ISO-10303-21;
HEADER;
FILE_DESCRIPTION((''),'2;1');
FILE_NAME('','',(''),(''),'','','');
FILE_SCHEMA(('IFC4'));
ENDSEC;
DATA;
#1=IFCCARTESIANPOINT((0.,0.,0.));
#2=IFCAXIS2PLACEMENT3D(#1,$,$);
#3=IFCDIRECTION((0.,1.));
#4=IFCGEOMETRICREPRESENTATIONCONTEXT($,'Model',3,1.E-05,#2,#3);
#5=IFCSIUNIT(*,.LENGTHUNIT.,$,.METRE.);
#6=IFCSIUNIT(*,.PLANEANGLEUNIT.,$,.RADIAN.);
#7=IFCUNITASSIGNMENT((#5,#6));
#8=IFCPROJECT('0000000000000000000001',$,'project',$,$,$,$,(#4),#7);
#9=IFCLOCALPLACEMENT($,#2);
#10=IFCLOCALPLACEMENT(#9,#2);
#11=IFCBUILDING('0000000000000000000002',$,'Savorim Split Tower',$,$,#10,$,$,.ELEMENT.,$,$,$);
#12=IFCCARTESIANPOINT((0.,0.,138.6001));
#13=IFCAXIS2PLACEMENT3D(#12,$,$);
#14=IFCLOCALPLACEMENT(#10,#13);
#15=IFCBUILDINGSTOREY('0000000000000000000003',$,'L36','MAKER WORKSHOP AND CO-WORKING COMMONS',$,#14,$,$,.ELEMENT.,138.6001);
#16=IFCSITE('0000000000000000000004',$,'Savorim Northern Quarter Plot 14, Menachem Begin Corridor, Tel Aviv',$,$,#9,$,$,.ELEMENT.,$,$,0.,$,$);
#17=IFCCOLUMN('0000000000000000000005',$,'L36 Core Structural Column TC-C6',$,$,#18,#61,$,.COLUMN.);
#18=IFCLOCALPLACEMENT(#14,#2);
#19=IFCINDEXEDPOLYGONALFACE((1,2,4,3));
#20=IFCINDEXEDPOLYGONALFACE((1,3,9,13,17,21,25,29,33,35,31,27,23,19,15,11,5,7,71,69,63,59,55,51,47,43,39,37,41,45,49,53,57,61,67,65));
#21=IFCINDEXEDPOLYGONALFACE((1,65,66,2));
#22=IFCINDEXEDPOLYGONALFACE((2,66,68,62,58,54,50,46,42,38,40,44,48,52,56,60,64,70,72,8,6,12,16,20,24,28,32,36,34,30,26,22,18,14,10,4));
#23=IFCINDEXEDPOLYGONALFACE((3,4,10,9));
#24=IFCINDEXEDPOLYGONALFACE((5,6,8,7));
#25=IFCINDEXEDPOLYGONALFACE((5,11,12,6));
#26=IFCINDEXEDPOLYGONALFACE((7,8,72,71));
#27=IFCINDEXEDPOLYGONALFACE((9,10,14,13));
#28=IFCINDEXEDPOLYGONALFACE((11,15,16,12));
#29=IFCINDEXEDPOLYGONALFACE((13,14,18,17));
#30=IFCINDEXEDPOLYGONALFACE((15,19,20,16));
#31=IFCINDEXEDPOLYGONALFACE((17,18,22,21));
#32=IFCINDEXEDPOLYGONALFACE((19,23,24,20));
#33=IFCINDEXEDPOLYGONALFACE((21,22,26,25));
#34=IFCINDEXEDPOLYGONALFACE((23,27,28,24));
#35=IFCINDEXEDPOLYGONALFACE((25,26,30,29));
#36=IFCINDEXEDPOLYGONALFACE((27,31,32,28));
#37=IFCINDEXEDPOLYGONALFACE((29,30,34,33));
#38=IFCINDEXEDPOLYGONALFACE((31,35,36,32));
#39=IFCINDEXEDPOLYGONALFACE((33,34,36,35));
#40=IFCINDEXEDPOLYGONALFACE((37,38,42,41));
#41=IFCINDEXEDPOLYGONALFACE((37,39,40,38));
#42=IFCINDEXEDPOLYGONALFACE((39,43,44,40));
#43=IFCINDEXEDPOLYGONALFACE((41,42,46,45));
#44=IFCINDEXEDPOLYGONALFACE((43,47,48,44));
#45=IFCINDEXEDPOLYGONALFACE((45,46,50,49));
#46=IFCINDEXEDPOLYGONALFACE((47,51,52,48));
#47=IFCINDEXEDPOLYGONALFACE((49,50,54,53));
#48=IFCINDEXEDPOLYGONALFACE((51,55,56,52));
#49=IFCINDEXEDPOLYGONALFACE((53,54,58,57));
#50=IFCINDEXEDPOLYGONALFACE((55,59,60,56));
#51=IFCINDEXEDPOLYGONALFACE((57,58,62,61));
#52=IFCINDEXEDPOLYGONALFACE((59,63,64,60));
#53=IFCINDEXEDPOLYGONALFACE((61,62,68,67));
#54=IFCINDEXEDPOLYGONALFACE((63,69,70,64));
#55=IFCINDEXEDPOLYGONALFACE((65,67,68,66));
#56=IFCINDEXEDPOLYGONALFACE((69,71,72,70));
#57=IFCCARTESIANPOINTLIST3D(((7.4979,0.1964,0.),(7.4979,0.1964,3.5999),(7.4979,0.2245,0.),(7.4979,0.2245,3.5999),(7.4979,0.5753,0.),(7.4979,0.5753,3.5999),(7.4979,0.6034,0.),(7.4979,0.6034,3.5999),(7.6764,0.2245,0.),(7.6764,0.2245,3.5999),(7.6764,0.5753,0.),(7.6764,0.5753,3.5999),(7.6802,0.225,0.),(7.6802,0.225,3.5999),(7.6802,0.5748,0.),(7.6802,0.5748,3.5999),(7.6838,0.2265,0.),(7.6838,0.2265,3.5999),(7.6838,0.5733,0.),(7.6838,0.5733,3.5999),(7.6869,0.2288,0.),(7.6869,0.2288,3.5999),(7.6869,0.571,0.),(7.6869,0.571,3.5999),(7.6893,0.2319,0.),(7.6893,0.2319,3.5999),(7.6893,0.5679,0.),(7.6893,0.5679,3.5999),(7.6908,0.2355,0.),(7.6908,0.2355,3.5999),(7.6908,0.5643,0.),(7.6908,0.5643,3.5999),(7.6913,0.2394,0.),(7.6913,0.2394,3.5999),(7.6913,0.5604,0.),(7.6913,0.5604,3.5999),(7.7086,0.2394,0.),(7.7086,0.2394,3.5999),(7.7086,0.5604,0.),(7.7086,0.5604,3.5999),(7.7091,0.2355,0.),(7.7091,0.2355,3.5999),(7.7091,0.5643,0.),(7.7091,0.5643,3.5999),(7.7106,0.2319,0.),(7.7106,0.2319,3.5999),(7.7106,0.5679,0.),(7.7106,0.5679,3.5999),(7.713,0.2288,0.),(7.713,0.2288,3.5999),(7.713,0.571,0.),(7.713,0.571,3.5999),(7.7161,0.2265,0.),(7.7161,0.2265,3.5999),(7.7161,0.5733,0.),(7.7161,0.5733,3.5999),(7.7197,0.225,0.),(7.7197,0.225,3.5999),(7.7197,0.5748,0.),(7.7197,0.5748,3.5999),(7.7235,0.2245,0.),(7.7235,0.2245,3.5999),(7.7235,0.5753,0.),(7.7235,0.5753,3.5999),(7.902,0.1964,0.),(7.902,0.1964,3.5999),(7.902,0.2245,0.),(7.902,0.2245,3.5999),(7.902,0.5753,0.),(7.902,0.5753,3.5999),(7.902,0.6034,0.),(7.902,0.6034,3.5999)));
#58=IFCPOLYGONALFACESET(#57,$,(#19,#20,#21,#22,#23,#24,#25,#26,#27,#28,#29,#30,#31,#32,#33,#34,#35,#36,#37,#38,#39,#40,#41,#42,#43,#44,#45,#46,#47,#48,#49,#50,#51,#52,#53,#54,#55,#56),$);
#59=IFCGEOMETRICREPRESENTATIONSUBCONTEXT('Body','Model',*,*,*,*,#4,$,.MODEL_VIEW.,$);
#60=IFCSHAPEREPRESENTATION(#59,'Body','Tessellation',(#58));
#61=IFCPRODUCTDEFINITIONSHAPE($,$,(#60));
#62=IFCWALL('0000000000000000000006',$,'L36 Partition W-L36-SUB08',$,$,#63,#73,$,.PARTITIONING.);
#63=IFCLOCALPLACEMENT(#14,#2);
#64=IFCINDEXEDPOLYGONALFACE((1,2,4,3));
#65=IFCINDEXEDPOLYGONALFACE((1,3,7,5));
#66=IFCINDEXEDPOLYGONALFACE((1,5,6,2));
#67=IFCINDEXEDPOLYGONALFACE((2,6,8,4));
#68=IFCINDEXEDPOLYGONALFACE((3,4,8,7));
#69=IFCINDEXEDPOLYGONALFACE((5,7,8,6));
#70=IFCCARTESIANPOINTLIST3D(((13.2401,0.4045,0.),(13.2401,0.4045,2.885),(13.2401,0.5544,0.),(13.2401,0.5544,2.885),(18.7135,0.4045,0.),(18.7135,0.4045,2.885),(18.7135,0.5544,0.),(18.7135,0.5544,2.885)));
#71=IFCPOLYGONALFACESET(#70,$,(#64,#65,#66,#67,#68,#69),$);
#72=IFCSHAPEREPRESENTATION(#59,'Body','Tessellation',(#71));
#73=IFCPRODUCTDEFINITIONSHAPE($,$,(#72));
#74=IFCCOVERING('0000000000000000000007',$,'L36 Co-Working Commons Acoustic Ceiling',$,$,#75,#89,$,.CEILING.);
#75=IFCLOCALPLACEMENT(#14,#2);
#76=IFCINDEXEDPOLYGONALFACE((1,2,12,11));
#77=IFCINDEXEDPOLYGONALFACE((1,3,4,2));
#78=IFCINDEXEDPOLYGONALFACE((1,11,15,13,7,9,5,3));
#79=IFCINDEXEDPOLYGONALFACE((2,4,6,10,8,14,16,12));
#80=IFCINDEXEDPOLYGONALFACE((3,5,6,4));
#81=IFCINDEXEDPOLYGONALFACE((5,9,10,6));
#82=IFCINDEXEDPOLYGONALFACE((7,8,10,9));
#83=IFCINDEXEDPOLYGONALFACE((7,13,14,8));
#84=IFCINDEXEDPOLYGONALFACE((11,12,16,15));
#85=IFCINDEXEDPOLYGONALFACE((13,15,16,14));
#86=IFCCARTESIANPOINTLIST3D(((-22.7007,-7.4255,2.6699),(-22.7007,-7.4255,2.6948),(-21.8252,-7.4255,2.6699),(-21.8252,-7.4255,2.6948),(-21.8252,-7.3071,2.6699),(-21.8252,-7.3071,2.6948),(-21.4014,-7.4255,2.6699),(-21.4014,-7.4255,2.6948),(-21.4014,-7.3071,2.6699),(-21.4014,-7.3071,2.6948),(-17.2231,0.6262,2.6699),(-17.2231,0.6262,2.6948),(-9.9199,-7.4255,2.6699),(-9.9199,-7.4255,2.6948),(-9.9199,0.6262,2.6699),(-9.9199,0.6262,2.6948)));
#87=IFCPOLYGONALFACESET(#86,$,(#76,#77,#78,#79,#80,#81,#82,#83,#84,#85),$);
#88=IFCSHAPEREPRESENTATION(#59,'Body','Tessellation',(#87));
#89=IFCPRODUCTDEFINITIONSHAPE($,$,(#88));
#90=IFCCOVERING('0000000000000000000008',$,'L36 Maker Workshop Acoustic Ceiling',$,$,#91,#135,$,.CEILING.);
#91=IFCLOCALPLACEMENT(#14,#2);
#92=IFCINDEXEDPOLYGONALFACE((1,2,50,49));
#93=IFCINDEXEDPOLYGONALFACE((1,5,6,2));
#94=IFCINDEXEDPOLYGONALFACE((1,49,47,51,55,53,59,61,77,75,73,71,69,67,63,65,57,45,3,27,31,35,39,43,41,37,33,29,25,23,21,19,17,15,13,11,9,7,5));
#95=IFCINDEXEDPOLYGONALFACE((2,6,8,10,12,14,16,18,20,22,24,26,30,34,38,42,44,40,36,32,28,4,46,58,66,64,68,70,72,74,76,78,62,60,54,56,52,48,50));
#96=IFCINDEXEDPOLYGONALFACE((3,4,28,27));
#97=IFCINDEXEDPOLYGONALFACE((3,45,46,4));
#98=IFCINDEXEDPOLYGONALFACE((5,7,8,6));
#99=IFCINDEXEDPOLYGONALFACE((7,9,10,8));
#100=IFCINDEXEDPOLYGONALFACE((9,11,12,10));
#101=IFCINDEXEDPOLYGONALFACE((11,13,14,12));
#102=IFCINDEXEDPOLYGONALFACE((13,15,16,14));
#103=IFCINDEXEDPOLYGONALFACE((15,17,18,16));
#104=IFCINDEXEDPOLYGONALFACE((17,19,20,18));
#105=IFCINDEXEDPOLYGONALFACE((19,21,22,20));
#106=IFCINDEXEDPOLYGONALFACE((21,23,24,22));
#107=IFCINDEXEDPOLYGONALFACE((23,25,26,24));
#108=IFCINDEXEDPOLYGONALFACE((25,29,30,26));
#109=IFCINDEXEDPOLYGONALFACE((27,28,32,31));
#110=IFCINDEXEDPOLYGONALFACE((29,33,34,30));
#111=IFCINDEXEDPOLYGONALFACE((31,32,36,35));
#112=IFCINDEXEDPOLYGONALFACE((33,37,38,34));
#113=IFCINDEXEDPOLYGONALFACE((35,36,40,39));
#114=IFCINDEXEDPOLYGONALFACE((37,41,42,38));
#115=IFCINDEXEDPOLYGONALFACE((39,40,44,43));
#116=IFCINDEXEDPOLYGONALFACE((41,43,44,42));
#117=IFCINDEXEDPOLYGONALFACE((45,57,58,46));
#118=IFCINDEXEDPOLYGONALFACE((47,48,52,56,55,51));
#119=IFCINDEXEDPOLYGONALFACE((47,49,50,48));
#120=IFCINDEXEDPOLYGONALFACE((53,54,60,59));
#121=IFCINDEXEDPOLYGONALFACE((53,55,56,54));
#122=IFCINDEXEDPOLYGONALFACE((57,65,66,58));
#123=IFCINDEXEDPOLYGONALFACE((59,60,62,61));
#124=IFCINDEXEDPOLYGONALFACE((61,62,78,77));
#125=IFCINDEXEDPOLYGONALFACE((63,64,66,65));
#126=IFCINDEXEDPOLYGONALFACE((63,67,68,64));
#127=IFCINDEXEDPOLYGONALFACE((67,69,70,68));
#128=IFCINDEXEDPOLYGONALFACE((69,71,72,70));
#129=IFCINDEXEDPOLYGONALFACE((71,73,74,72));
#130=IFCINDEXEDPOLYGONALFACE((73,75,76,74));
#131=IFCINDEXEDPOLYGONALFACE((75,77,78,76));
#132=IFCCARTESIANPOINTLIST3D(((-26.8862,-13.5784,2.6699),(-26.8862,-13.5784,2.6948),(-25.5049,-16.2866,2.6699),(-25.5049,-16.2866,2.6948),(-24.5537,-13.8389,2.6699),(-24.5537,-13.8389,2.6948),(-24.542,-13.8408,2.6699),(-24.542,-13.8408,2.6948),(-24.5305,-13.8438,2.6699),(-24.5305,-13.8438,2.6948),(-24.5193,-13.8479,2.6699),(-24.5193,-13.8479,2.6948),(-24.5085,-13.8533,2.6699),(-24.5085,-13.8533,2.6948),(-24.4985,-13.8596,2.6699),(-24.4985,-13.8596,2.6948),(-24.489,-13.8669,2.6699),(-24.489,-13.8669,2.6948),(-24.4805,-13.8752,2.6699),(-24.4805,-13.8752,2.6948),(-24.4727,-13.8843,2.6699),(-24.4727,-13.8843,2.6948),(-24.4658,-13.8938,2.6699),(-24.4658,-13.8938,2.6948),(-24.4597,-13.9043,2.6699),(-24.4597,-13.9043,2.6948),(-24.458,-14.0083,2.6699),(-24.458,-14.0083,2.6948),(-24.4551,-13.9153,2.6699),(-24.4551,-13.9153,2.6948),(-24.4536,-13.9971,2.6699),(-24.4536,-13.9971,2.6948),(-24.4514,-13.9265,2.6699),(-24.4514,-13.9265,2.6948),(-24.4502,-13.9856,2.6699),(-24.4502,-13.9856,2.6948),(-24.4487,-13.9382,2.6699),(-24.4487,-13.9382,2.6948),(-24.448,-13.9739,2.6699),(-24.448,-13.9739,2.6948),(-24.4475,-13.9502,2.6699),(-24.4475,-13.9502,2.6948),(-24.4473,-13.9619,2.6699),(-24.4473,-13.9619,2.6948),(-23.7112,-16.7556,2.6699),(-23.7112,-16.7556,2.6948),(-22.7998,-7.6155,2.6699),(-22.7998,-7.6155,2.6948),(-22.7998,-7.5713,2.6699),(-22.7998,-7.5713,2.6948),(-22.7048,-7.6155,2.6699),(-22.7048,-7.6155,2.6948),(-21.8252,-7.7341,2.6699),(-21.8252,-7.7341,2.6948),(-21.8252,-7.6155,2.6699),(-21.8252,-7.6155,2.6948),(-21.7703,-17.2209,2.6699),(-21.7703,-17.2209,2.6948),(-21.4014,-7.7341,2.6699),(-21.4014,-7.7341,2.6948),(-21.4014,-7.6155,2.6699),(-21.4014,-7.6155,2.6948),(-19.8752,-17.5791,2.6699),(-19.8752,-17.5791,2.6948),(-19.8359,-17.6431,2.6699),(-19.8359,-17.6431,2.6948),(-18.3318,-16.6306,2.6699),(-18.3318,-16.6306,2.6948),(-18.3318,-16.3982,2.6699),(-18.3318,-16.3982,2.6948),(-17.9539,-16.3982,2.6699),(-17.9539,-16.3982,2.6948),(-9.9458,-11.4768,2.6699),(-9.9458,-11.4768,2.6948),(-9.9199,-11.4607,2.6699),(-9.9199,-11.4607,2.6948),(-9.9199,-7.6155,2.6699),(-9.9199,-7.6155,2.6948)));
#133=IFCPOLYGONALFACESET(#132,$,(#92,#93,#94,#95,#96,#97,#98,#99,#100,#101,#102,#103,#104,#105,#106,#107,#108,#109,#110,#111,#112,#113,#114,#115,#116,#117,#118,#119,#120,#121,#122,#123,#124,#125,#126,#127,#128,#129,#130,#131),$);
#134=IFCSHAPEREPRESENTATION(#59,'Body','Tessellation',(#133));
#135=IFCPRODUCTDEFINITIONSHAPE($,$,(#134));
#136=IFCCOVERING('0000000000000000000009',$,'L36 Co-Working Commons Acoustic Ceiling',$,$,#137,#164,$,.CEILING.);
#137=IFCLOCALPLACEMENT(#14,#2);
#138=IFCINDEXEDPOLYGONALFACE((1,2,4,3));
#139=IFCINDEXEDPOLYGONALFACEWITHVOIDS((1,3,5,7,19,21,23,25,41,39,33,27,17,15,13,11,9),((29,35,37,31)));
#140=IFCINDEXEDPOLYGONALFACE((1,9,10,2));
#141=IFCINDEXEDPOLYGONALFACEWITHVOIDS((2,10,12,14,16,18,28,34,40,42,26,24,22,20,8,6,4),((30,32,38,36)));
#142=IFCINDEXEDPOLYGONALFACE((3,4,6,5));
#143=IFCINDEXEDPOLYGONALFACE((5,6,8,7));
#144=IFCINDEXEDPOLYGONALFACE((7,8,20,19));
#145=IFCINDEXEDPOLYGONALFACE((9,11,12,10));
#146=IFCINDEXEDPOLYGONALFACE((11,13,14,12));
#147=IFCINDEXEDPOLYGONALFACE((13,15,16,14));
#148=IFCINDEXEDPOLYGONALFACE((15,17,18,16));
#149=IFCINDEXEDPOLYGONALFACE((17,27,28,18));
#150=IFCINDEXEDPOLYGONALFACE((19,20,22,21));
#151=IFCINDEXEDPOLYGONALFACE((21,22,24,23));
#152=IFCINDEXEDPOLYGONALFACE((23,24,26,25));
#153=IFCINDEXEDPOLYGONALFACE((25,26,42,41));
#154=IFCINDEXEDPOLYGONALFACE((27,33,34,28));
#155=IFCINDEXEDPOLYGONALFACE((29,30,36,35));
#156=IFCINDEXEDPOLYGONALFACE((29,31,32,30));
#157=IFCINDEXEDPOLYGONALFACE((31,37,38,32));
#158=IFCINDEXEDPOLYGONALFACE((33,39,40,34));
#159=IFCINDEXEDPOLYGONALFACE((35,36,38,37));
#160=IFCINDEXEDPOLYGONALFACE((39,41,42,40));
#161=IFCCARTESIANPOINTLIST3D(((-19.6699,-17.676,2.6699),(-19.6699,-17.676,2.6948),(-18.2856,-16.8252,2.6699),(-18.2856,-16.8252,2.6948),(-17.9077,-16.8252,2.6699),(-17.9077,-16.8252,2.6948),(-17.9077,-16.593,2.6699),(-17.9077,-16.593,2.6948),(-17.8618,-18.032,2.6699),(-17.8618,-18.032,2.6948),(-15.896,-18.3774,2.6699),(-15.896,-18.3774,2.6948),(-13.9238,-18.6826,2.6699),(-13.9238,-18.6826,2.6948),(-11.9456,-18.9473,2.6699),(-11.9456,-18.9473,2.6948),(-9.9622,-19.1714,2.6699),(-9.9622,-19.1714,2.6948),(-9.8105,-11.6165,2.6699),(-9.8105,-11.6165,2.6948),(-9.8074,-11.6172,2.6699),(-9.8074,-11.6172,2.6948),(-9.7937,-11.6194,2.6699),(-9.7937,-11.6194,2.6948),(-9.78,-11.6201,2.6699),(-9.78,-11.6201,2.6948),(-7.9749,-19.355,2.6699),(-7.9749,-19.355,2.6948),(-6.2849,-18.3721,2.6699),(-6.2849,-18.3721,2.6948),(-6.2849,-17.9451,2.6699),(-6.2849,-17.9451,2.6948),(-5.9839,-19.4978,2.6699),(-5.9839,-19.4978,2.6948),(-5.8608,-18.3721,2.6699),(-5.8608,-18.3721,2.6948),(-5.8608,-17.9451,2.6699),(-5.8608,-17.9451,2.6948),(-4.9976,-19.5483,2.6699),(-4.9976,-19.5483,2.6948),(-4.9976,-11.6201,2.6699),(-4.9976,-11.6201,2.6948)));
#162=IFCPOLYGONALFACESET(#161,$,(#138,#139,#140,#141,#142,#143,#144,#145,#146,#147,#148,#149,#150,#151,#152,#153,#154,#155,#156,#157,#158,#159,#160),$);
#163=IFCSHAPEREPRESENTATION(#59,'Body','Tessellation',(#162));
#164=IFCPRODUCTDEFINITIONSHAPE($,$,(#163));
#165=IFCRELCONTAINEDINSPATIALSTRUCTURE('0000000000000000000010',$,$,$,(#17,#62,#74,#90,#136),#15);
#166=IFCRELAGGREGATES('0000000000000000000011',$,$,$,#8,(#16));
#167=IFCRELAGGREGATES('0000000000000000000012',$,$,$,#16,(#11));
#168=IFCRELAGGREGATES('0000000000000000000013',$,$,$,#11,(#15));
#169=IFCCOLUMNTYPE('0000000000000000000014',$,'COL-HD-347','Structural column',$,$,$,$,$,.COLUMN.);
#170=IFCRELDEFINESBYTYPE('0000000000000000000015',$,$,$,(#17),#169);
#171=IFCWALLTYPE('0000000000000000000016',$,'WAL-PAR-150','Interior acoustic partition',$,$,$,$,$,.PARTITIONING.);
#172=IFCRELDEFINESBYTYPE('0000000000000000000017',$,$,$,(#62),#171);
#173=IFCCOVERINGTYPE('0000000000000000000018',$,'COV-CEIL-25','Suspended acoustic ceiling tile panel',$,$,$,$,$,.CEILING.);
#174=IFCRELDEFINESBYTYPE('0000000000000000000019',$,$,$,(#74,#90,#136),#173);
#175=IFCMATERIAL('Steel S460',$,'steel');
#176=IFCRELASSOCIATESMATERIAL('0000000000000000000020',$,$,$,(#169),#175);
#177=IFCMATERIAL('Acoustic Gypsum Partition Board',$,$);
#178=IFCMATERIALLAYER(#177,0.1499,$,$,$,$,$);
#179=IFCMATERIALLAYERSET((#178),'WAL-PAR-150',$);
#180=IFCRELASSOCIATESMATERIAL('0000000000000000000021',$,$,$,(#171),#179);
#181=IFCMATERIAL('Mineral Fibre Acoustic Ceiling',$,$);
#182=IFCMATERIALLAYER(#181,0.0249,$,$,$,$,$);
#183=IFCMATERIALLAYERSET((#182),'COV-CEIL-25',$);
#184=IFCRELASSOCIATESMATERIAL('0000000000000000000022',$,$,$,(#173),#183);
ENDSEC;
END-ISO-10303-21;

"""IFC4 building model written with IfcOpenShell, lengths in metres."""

from ifc_helpers import new_model, si_unit, direction, frame, frame_2d, origin, origin_2d, place, context, subcontext, project, spatial, polyline, rectangle, i_section, outline, extrude, material, layer, layer_set, material_profile, profile_set, type_object, element, save


model = new_model("IFC4")

# Units and contexts
model_context = context("Model", 3, precision=1e-05, world=origin(), true_north=direction((0.0, 1.0)))
body_context = subcontext(model_context, "Body", "Model", "MODEL_VIEW")
ifc_project = project(units=[si_unit("LENGTHUNIT", "METRE"), si_unit("PLANEANGLEUNIT", "RADIAN")], contexts=[model_context])

# Site, building, storey
site_placement = place(None, origin())
site = spatial("IfcSite", under=ifc_project, at=site_placement, Name="Savorim Northern Quarter Plot 14, Menachem Begin Corridor, Tel Aviv", CompositionType="ELEMENT", RefElevation=0.0)
building_placement = place(site_placement, origin())
building = spatial("IfcBuilding", under=site, at=building_placement, Name="Savorim Split Tower", CompositionType="ELEMENT")
storey_placement = place(building_placement, frame((0.0, 0.0, 138.6001)))
storey = spatial("IfcBuildingStorey", under=building, at=storey_placement, Name="L36", Description="MAKER WORKSHOP AND CO-WORKING COMMONS", CompositionType="ELEMENT", Elevation=138.6001)

# Column
ifc_material_1 = material(Name="Steel S460", Category="steel")
ifc_material_profile = material_profile(ifc_material_1, i_section(OverallWidth=0.4041, OverallDepth=0.407, WebThickness=0.0173, FlangeThickness=0.0281, FilletRadius=0.0149, at=origin_2d()), Name="HD 400x347")
ifc_profile_set = profile_set([ifc_material_profile], Name="Steel S460")
column_type = type_object("IfcColumnType", Name="COL-HD-347", Description="Structural column", PredefinedType="COLUMN", material=ifc_profile_set)
column_placement = place(storey_placement, frame((7.7, 0.3999, 0.0), z_axis=(0.0, 0.0, 1.0), x_axis=(1.0, 0.0, 0.0)))
element("IfcColumn", 1, at=column_placement, inside=storey, type_object=column_type, Name="L36 Core Structural Column TC-C6", PredefinedType="COLUMN", context=body_context, shape_type="SweptSolid", body=[
    extrude(i_section(OverallWidth=0.4041, OverallDepth=0.407, WebThickness=0.0173, FlangeThickness=0.0281, FilletRadius=0.0149, at=origin_2d()), origin(), (0.0, 0.0, 1.0), 3.5999),
])

# Wall
ifc_material_2 = material(Name="Acoustic Gypsum Partition Board")
ifc_layer_1 = layer(ifc_material_2, 0.1499)
ifc_layer_set_1 = layer_set([ifc_layer_1], Name="WAL-PAR-150")
wall_type = type_object("IfcWallType", Name="WAL-PAR-150", Description="Interior acoustic partition", PredefinedType="PARTITIONING", material=ifc_layer_set_1)
wall_placement = place(storey_placement, frame((13.24, 0.4795, 0.0), z_axis=(0.0, 0.0, 1.0), x_axis=(1.0, 0.0, 0.0)))
element("IfcWall", 2, at=wall_placement, inside=storey, type_object=wall_type, Name="L36 Partition W-L36-SUB08", PredefinedType="PARTITIONING", context=body_context, shape_type="SweptSolid", body=[
    extrude(rectangle(XDim=5.4734, YDim=0.1499, at=frame_2d((2.7368, 0.0))), origin(), (0.0, 0.0, 1.0), 2.885),
])

# Coverings
ifc_material_3 = material(Name="Mineral Fibre Acoustic Ceiling")
ifc_layer_2 = layer(ifc_material_3, 0.0249)
ifc_layer_set_2 = layer_set([ifc_layer_2], Name="COV-CEIL-25")
covering_type_1 = type_object("IfcCoveringType", Name="COV-CEIL-25", Description="Suspended acoustic ceiling tile panel", PredefinedType="CEILING", material=ifc_layer_set_2)
covering_1_placement = place(storey_placement, frame((0.0, 0.0, 2.6699)))
element("IfcCovering", 3, at=covering_1_placement, inside=storey, type_object=covering_type_1, Name="L36 Co-Working Commons Acoustic Ceiling", PredefinedType="CEILING", context=body_context, shape_type="SweptSolid", body=[
    extrude(outline(polyline([(-21.4014, -7.3071), (-21.4014, -7.4255), (-9.9199, -7.4255), (-9.9199, 0.6262), (-17.2231, 0.6262), (-22.7007, -7.4255), (-21.8252, -7.4255), (-21.8252, -7.3071), (-21.4014, -7.3071)])), origin(), (0.0, 0.0, 1.0), 0.0249),
])
covering_2_placement = place(storey_placement, frame((0.0, 0.0, 2.6699)))
element("IfcCovering", 4, at=covering_2_placement, inside=storey, type_object=covering_type_1, Name="L36 Maker Workshop Acoustic Ceiling", PredefinedType="CEILING", context=body_context, shape_type="SweptSolid", body=[
    extrude(outline(polyline([(-24.4473, -13.9619), (-24.448, -13.9739), (-24.4502, -13.9856), (-24.4536, -13.9971), (-24.458, -14.0083), (-25.5049, -16.2866), (-23.7112, -16.7556), (-21.7703, -17.2209), (-19.8359, -17.6431), (-19.8752, -17.5791), (-18.3318, -16.6306), (-18.3318, -16.3982), (-17.9539, -16.3982), (-9.9458, -11.4768), (-9.9199, -11.4607), (-9.9199, -7.6155), (-21.4014, -7.6155), (-21.4014, -7.7341), (-21.8252, -7.7341), (-21.8252, -7.6155), (-22.7048, -7.6155), (-22.7998, -7.6155), (-22.7998, -7.5713), (-26.8862, -13.5784), (-24.5537, -13.8389), (-24.542, -13.8408), (-24.5305, -13.8438), (-24.5193, -13.8479), (-24.5085, -13.8533), (-24.4985, -13.8596), (-24.489, -13.8669), (-24.4805, -13.8752), (-24.4727, -13.8843), (-24.4658, -13.8938), (-24.4597, -13.9043), (-24.4551, -13.9153), (-24.4514, -13.9265), (-24.4487, -13.9382), (-24.4475, -13.9502), (-24.4473, -13.9619)])), origin(), (0.0, 0.0, 1.0), 0.0249),
])
covering_3_placement = place(storey_placement, frame((0.0, 0.0, 2.6699)))
element("IfcCovering", 5, at=covering_3_placement, inside=storey, type_object=covering_type_1, Name="L36 Co-Working Commons Acoustic Ceiling", PredefinedType="CEILING", context=body_context, shape_type="SweptSolid", body=[
    extrude(outline(polyline([(-9.9622, -19.1714), (-7.9749, -19.355), (-5.9839, -19.4978), (-4.9976, -19.5483), (-4.9976, -11.6201), (-9.78, -11.6201), (-9.7937, -11.6194), (-9.8074, -11.6172), (-9.8105, -11.6165), (-17.9077, -16.593), (-17.9077, -16.8252), (-18.2856, -16.8252), (-19.6699, -17.676), (-17.8618, -18.032), (-15.896, -18.3774), (-13.9238, -18.6826), (-11.9456, -18.9473), (-9.9622, -19.1714)]), holes=[polyline([(-6.2849, -18.3721), (-5.8608, -18.3721), (-5.8608, -17.9451), (-6.2849, -17.9451), (-6.2849, -18.3721)])]), origin(), (0.0, 0.0, 1.0), 0.0249),
])

save(model, "model.ifc")
